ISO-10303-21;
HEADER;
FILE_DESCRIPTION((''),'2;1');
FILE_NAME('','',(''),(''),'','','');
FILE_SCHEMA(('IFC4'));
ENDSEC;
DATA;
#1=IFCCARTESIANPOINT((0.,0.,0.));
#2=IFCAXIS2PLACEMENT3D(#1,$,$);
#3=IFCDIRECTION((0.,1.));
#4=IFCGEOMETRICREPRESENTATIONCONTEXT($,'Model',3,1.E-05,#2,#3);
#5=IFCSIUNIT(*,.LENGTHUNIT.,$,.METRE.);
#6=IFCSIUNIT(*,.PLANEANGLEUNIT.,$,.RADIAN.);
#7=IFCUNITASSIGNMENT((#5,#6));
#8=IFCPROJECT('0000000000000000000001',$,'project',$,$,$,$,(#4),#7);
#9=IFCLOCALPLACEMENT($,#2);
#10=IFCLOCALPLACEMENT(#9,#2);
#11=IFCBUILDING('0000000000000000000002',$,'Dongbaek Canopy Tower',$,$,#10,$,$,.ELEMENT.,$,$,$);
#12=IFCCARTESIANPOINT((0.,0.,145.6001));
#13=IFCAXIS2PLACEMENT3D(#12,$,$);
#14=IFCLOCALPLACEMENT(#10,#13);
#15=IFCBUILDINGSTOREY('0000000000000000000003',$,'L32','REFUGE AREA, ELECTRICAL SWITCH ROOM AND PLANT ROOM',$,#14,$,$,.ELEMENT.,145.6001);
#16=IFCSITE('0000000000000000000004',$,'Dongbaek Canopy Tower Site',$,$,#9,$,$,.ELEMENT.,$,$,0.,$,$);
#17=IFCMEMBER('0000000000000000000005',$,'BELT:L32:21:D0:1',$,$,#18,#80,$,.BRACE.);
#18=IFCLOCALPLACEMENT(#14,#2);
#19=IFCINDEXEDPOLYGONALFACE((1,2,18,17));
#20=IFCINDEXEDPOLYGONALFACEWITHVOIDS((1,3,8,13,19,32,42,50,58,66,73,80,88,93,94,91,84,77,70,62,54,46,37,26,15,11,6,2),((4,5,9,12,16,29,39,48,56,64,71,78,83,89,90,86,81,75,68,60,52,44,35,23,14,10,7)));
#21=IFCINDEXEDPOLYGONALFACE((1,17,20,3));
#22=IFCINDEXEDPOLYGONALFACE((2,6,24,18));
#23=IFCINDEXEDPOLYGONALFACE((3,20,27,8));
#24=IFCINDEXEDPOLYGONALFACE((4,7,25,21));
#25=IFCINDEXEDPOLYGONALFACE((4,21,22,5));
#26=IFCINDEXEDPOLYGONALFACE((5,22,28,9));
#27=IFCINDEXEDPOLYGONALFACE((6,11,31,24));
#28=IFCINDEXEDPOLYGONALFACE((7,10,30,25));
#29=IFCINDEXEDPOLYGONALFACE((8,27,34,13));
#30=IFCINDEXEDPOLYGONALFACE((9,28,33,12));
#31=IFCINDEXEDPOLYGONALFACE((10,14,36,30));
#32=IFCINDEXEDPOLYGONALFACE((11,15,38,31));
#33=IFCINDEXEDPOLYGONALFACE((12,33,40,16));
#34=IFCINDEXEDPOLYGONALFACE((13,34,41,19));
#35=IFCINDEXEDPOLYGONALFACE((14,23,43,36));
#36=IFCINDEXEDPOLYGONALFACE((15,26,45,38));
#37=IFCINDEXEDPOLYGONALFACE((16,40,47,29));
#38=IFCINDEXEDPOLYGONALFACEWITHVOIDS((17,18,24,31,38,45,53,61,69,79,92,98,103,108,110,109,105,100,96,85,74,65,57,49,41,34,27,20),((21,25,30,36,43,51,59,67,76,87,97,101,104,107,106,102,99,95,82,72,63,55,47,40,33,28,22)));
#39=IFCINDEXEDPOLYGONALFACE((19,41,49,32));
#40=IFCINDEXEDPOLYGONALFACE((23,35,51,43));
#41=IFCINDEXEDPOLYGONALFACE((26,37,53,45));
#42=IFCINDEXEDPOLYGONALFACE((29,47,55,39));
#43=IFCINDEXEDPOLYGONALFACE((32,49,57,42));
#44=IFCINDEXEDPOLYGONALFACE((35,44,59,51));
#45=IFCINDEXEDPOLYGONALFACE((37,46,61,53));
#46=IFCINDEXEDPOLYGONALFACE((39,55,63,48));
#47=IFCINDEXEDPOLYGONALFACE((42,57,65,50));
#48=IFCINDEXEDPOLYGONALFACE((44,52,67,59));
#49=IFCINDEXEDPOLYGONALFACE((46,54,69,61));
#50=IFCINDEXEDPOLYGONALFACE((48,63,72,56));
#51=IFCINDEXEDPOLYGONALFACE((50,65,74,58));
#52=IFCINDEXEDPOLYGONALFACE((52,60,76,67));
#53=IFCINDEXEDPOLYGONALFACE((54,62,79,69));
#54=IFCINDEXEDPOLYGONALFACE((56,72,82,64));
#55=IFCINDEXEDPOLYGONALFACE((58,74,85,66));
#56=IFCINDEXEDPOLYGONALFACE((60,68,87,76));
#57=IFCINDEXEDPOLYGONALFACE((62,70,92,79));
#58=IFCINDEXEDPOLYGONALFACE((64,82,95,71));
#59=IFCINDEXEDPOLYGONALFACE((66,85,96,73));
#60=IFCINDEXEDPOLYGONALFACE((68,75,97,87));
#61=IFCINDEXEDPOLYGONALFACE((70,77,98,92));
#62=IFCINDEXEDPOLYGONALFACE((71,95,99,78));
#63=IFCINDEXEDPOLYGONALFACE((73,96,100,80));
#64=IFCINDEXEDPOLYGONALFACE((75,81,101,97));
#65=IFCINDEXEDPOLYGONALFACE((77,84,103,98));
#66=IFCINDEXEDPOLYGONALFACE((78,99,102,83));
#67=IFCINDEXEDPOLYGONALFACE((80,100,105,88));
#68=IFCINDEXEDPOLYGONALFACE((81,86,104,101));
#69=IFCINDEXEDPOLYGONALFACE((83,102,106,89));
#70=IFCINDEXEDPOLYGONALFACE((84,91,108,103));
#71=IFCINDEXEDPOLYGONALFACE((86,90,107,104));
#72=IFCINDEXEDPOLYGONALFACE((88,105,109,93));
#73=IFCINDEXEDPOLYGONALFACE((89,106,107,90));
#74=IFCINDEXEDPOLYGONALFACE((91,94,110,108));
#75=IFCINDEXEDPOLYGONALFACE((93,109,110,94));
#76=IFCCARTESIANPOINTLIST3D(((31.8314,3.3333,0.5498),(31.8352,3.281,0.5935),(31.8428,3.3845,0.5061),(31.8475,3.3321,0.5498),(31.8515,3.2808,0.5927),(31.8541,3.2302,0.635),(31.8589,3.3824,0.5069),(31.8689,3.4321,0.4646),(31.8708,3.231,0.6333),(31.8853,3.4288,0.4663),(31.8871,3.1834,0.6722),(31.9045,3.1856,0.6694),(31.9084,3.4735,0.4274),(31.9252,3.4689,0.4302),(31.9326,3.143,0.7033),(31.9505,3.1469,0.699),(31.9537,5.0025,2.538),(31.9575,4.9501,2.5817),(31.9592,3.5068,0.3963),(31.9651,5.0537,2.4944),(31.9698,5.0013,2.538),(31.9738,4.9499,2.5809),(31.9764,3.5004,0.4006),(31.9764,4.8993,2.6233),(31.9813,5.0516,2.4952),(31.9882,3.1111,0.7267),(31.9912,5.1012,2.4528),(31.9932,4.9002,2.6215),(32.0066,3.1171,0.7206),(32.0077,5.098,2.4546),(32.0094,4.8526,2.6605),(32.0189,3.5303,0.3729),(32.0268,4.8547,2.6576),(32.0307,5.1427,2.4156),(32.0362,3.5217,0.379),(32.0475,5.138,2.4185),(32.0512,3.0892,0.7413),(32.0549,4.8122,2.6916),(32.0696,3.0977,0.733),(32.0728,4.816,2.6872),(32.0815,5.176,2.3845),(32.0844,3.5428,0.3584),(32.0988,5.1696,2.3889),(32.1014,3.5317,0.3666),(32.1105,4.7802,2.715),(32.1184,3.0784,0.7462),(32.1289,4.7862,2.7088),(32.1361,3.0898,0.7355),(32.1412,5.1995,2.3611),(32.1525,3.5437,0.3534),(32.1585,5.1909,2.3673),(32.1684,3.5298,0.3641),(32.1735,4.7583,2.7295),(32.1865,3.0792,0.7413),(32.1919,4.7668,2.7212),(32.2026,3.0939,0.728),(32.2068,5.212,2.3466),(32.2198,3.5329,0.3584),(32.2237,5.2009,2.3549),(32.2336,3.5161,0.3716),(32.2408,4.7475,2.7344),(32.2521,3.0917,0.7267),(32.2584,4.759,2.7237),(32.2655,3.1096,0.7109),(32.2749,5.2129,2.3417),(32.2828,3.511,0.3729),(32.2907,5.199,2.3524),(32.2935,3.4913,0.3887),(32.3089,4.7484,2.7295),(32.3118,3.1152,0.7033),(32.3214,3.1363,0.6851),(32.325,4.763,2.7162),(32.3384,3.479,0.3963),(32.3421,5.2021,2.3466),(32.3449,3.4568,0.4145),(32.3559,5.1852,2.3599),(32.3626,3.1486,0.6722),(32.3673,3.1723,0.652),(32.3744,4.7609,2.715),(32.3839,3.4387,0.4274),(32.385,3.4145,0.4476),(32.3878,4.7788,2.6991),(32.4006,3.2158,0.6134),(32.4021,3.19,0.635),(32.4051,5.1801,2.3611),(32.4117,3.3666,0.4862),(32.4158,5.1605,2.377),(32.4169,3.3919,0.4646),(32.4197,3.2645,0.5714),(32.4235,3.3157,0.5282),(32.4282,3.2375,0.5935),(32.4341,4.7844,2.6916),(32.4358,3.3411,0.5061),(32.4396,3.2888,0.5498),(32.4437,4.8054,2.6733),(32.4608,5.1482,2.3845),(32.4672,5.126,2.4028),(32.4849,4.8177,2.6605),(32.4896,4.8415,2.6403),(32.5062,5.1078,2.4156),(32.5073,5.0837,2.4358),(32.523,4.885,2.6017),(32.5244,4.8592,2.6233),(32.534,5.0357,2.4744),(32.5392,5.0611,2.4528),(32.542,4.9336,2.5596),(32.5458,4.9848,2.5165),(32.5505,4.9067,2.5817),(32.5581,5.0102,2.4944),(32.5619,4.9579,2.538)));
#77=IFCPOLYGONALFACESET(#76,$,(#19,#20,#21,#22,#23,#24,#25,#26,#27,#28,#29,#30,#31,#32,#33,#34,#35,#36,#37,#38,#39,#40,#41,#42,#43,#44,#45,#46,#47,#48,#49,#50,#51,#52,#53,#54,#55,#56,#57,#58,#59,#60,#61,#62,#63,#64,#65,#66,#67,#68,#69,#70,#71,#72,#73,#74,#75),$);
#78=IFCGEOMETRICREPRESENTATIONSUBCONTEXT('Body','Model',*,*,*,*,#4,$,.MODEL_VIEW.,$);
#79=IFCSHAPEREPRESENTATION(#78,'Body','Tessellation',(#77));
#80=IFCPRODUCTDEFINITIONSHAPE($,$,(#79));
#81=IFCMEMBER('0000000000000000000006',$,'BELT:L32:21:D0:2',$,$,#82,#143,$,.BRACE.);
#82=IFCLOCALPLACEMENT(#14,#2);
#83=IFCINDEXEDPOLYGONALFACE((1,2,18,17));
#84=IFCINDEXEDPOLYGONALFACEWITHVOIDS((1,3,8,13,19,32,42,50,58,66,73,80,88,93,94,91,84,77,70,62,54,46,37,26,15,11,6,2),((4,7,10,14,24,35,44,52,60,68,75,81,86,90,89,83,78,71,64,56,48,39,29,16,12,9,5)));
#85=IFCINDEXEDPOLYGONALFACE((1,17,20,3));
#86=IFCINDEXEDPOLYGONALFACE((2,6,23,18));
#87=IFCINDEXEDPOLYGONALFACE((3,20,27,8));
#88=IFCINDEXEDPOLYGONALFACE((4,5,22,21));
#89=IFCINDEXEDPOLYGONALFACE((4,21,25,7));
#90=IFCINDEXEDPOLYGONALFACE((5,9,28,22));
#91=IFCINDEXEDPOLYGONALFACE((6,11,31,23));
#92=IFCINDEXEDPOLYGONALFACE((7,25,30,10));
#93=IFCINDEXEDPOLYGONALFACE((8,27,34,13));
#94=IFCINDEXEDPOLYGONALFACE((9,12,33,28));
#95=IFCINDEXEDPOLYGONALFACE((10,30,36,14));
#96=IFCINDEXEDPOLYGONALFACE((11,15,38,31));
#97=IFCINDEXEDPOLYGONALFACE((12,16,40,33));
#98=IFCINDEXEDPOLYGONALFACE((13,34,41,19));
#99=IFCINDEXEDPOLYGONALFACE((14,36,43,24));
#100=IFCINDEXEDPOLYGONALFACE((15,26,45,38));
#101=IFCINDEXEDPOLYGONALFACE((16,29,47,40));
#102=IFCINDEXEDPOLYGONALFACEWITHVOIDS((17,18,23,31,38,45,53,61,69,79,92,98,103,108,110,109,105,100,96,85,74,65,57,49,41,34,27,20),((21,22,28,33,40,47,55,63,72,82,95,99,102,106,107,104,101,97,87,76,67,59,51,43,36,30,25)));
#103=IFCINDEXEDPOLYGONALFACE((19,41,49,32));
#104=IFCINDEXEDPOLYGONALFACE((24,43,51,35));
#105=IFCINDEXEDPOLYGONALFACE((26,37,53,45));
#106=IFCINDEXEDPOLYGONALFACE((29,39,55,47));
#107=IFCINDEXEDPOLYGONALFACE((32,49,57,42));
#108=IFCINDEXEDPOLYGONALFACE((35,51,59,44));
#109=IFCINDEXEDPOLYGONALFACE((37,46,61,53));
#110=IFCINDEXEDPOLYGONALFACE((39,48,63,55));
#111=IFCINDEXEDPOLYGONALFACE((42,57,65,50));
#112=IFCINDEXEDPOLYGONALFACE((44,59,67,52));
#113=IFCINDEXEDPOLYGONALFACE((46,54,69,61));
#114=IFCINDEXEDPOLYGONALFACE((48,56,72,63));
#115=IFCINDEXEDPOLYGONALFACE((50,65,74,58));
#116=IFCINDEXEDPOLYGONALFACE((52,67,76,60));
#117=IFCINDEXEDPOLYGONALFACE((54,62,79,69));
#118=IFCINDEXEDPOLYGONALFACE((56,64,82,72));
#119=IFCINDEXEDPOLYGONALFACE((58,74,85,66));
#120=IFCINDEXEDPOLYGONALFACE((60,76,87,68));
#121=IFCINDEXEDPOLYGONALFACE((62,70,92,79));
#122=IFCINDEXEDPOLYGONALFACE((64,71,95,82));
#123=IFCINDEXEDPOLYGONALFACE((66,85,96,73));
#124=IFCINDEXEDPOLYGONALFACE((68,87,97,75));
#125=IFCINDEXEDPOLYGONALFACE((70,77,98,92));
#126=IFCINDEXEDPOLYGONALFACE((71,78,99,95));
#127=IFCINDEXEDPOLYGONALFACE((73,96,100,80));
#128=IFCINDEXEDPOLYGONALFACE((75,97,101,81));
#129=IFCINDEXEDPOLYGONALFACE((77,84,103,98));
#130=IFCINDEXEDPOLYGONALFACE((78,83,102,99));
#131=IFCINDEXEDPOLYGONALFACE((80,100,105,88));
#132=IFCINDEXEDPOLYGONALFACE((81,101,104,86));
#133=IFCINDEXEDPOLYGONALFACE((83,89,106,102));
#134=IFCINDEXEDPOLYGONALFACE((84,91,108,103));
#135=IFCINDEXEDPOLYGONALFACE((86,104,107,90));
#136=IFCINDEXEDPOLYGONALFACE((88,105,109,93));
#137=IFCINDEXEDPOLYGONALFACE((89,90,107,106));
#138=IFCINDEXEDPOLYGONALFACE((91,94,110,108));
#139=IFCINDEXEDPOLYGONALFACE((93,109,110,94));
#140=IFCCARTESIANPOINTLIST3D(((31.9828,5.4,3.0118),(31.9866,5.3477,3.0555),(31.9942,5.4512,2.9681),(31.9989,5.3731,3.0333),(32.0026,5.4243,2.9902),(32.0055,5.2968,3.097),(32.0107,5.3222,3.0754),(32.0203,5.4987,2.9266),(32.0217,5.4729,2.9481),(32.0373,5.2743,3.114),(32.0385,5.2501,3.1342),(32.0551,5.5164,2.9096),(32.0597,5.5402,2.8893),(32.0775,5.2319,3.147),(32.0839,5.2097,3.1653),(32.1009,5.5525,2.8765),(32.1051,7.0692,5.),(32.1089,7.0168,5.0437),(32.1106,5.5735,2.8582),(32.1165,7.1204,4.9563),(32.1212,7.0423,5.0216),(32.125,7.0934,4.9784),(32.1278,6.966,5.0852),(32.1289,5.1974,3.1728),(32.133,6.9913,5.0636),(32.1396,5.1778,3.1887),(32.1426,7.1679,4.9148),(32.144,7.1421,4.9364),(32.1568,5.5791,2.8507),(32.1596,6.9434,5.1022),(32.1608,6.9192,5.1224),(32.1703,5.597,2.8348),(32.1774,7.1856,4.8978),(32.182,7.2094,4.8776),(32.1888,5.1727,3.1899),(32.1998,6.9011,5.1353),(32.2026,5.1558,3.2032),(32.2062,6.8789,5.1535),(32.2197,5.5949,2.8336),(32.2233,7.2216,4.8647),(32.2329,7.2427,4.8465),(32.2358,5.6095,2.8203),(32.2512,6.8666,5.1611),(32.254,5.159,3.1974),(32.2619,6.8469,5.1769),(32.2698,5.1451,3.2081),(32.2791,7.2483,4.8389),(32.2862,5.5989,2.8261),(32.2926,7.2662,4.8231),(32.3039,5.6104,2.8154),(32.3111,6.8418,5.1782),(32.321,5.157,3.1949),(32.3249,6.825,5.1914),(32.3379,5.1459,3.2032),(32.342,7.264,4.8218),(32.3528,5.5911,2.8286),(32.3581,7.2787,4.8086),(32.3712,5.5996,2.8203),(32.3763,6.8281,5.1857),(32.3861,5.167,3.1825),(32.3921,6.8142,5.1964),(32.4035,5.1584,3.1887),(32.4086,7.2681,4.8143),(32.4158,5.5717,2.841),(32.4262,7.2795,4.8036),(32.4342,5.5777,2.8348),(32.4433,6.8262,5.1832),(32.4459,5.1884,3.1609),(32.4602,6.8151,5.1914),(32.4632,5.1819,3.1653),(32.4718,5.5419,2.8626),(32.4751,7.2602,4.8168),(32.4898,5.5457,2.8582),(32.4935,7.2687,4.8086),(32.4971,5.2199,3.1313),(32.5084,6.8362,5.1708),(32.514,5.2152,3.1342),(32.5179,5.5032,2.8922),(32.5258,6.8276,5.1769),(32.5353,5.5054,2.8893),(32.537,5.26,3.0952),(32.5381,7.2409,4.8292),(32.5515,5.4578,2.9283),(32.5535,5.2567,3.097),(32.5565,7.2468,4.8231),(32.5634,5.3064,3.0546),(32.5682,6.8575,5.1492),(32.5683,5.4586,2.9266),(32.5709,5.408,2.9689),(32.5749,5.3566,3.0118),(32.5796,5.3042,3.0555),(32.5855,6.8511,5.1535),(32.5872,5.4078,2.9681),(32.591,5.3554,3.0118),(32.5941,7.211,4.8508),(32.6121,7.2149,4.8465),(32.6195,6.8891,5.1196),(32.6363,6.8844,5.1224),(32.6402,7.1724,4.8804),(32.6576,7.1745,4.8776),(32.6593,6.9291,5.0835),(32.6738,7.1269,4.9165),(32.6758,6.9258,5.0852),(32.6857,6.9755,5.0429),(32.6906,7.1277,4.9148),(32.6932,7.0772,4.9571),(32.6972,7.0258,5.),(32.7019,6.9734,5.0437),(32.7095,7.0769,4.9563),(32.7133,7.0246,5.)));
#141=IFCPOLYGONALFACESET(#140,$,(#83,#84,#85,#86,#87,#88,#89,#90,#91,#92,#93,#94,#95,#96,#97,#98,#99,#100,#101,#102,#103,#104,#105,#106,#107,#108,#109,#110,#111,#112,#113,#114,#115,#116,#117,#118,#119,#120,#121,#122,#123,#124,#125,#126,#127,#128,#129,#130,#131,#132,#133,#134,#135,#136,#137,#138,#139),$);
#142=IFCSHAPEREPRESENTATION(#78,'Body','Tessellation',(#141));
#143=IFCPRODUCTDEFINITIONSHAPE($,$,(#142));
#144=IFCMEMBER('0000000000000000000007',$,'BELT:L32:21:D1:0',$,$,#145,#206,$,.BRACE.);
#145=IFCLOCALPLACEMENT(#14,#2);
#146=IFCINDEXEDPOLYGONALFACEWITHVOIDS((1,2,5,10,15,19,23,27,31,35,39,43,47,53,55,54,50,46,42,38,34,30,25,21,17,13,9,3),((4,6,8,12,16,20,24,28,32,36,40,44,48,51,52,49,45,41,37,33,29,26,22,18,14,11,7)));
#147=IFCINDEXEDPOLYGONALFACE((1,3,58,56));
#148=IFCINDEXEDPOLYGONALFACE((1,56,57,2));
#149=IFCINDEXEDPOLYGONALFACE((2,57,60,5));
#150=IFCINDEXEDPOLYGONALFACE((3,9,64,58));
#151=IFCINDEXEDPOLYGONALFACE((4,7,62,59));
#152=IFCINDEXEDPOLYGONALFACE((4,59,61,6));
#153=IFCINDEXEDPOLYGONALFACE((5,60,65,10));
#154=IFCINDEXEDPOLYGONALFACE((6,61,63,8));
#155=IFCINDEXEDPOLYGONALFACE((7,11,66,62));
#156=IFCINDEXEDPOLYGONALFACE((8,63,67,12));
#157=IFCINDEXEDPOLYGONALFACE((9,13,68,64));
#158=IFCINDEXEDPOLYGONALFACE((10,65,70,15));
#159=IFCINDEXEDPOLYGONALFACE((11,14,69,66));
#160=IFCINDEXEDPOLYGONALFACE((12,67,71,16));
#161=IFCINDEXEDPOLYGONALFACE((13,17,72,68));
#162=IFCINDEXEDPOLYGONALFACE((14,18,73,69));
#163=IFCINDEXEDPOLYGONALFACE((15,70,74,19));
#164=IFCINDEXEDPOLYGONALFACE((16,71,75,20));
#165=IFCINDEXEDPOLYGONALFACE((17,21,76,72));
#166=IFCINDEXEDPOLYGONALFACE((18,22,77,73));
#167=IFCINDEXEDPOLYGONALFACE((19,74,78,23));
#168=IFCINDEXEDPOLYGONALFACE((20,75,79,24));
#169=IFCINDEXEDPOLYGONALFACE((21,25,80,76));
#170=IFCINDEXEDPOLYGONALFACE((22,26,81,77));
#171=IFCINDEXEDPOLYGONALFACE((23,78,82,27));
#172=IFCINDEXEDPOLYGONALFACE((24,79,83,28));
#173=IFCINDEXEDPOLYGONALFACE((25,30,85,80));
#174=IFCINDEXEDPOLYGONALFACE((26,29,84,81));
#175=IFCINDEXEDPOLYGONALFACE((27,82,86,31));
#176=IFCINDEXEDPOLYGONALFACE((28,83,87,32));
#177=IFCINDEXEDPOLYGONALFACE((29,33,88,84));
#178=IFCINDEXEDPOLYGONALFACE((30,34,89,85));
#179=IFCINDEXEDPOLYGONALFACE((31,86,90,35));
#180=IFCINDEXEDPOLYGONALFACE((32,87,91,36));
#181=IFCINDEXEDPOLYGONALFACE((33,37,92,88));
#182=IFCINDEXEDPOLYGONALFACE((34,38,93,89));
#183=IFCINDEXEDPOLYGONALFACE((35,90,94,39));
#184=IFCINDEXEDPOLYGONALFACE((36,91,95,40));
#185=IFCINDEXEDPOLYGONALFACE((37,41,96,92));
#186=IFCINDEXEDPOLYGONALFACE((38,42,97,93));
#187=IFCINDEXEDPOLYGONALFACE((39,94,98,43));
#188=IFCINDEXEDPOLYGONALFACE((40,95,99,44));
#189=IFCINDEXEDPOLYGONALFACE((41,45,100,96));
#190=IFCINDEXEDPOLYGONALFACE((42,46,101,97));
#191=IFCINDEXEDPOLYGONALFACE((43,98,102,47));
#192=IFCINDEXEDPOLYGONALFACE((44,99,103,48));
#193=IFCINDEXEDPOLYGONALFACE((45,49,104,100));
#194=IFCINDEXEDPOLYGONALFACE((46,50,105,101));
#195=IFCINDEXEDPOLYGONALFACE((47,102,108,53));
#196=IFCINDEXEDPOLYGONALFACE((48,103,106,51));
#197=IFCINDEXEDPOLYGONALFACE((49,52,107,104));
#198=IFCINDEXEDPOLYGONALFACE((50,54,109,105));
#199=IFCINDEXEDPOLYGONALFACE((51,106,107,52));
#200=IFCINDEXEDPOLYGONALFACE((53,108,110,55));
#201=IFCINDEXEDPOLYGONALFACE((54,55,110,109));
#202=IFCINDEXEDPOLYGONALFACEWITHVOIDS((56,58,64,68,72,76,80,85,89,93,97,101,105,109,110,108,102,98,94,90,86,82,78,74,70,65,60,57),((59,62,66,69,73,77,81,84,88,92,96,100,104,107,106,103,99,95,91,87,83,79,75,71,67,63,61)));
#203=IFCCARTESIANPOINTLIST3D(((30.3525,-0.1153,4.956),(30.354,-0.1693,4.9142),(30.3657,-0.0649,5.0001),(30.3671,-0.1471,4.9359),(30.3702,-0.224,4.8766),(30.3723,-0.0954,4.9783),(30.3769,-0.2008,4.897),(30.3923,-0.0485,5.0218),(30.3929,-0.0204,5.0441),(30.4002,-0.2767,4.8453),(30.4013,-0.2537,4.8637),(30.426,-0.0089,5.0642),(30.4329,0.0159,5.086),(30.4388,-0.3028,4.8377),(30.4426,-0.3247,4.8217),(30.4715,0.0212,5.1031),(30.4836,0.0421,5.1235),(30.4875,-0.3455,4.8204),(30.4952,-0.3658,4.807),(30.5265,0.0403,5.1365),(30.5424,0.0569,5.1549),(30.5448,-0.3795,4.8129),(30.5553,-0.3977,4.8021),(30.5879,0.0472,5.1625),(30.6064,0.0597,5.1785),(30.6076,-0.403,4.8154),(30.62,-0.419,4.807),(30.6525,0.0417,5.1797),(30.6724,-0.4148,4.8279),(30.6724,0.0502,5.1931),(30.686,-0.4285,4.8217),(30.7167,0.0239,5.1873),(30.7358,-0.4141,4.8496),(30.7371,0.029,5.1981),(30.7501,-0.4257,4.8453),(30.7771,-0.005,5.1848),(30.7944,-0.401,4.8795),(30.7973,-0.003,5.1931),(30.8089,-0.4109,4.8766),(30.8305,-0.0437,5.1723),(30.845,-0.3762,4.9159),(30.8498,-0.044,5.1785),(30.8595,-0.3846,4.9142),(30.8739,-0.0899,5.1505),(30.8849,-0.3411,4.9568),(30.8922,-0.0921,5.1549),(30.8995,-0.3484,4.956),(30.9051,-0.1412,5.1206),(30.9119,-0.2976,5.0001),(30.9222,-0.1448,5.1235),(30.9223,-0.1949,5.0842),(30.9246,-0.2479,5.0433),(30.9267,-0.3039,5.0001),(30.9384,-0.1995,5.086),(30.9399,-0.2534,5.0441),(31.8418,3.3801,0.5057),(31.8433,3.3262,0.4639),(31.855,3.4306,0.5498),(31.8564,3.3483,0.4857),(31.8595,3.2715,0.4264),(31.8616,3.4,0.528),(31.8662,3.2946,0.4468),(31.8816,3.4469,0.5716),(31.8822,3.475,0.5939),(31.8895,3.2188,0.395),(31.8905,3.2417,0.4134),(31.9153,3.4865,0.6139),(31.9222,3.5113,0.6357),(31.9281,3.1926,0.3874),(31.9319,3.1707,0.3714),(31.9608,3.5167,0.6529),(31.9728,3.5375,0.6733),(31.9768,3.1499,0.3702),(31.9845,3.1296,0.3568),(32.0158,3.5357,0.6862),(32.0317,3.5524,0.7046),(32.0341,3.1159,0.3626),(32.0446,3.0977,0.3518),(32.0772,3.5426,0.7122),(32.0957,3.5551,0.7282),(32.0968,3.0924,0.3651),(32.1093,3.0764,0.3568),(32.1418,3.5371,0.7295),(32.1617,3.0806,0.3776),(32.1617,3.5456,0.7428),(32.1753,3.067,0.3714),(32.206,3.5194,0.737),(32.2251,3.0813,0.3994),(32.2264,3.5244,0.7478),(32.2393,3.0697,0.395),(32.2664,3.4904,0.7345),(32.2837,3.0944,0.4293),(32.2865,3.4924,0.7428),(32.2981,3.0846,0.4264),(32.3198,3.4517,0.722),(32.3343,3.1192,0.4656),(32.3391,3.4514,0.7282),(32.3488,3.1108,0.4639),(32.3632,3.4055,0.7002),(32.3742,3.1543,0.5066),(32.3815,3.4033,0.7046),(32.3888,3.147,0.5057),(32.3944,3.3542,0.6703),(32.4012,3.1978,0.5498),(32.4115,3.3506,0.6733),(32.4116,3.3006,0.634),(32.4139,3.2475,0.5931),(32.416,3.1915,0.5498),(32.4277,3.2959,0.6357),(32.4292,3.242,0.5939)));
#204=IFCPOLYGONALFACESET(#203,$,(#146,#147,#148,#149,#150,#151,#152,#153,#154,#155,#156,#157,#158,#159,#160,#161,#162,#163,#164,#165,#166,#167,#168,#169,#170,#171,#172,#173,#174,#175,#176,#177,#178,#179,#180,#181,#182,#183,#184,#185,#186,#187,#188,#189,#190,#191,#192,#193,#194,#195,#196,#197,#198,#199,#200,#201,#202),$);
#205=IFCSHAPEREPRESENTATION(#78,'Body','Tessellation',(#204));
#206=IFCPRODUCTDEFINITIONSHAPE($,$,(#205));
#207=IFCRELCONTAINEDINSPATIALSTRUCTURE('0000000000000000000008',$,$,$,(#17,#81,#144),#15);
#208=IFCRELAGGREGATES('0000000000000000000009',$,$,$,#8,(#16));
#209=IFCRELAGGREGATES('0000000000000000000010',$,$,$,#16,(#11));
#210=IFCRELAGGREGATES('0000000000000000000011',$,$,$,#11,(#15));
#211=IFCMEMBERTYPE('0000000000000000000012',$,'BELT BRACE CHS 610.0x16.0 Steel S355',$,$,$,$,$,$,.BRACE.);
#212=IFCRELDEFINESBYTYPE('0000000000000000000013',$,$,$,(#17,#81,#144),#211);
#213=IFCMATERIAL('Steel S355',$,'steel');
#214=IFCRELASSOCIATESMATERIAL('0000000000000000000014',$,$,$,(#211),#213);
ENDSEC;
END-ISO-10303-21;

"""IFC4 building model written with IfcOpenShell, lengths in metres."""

from ifc_helpers import new_model, si_unit, direction, frame, origin, origin_2d, place, context, subcontext, project, spatial, hollow_circle, extrude, material, material_profile, profile_set, type_object, element, save


model = new_model("IFC4")

# Units and contexts
model_context = context("Model", 3, precision=1e-05, world=origin(), true_north=direction((0.0, 1.0)))
body_context = subcontext(model_context, "Body", "Model", "MODEL_VIEW")
ifc_project = project(units=[si_unit("LENGTHUNIT", "METRE"), si_unit("PLANEANGLEUNIT", "RADIAN")], contexts=[model_context])

# Site, building, storey
site_placement = place(None, origin())
site = spatial("IfcSite", under=ifc_project, at=site_placement, Name="Dongbaek Canopy Tower Site", CompositionType="ELEMENT", RefElevation=0.0)
building_placement = place(site_placement, origin())
building = spatial("IfcBuilding", under=site, at=building_placement, Name="Dongbaek Canopy Tower", CompositionType="ELEMENT")
storey_placement = place(building_placement, frame((0.0, 0.0, 145.6001)))
storey = spatial("IfcBuildingStorey", under=building, at=storey_placement, Name="L32", Description="REFUGE AREA, ELECTRICAL SWITCH ROOM AND PLANT ROOM", CompositionType="ELEMENT", Elevation=145.6001)

# Members
ifc_material_1 = material(Name="Steel S355", Category="steel")
ifc_material_profile_1 = material_profile(ifc_material_1, hollow_circle(Radius=0.3049, WallThickness=0.0161, at=origin_2d()), Name="BELT BRACE CHS 610.0x16.0 Steel S355")
ifc_profile_set_1 = profile_set([ifc_material_profile_1], Name="Steel S355")
member_type_1 = type_object("IfcMemberType", Name="BELT BRACE CHS 610.0x16.0 Steel S355", PredefinedType="BRACE", material=ifc_profile_set_1)
for number, where, z_axis, x_axis, name in (
    (1, (32.1355, 3.311, 0.5498), (0.047063, 0.642261, 0.76504), (-0.997326, 0.073082, 0.0), "BELT:L32:21:D0:1"),
    (2, (32.4092, 7.0469, 5.0), (-0.047063, -0.642261, -0.76504), (0.997326, -0.073082, 0.0), "BELT:L32:21:D0:2"),
):
    element("IfcMember", number, at=place(storey_placement, frame(where, z_axis=z_axis, x_axis=x_axis)), inside=storey, type_object=member_type_1, Name=name, PredefinedType="BRACE", context=body_context, shape_type="SweptSolid", body=[
        extrude(hollow_circle(Radius=0.3049, WallThickness=0.0161, at=origin_2d()), origin(), (0.0, 0.0, 1.0), 2.5989),
    ])
member_1_placement = place(storey_placement, frame((32.1355, 3.311, 0.5498), z_axis=(-0.25451, -0.597348, 0.760526), x_axis=(0.919977, -0.391972, 0.0)))
element("IfcMember", 3, at=member_1_placement, inside=storey, type_object=member_type_1, Name="BELT:L32:21:D1:0", PredefinedType="BRACE", context=body_context, shape_type="SweptSolid", body=[
    extrude(hollow_circle(Radius=0.3049, WallThickness=0.0161, at=origin_2d()), origin(), (0.0, 0.0, 1.0), 5.8516),
])

save(model, "model.ifc")
